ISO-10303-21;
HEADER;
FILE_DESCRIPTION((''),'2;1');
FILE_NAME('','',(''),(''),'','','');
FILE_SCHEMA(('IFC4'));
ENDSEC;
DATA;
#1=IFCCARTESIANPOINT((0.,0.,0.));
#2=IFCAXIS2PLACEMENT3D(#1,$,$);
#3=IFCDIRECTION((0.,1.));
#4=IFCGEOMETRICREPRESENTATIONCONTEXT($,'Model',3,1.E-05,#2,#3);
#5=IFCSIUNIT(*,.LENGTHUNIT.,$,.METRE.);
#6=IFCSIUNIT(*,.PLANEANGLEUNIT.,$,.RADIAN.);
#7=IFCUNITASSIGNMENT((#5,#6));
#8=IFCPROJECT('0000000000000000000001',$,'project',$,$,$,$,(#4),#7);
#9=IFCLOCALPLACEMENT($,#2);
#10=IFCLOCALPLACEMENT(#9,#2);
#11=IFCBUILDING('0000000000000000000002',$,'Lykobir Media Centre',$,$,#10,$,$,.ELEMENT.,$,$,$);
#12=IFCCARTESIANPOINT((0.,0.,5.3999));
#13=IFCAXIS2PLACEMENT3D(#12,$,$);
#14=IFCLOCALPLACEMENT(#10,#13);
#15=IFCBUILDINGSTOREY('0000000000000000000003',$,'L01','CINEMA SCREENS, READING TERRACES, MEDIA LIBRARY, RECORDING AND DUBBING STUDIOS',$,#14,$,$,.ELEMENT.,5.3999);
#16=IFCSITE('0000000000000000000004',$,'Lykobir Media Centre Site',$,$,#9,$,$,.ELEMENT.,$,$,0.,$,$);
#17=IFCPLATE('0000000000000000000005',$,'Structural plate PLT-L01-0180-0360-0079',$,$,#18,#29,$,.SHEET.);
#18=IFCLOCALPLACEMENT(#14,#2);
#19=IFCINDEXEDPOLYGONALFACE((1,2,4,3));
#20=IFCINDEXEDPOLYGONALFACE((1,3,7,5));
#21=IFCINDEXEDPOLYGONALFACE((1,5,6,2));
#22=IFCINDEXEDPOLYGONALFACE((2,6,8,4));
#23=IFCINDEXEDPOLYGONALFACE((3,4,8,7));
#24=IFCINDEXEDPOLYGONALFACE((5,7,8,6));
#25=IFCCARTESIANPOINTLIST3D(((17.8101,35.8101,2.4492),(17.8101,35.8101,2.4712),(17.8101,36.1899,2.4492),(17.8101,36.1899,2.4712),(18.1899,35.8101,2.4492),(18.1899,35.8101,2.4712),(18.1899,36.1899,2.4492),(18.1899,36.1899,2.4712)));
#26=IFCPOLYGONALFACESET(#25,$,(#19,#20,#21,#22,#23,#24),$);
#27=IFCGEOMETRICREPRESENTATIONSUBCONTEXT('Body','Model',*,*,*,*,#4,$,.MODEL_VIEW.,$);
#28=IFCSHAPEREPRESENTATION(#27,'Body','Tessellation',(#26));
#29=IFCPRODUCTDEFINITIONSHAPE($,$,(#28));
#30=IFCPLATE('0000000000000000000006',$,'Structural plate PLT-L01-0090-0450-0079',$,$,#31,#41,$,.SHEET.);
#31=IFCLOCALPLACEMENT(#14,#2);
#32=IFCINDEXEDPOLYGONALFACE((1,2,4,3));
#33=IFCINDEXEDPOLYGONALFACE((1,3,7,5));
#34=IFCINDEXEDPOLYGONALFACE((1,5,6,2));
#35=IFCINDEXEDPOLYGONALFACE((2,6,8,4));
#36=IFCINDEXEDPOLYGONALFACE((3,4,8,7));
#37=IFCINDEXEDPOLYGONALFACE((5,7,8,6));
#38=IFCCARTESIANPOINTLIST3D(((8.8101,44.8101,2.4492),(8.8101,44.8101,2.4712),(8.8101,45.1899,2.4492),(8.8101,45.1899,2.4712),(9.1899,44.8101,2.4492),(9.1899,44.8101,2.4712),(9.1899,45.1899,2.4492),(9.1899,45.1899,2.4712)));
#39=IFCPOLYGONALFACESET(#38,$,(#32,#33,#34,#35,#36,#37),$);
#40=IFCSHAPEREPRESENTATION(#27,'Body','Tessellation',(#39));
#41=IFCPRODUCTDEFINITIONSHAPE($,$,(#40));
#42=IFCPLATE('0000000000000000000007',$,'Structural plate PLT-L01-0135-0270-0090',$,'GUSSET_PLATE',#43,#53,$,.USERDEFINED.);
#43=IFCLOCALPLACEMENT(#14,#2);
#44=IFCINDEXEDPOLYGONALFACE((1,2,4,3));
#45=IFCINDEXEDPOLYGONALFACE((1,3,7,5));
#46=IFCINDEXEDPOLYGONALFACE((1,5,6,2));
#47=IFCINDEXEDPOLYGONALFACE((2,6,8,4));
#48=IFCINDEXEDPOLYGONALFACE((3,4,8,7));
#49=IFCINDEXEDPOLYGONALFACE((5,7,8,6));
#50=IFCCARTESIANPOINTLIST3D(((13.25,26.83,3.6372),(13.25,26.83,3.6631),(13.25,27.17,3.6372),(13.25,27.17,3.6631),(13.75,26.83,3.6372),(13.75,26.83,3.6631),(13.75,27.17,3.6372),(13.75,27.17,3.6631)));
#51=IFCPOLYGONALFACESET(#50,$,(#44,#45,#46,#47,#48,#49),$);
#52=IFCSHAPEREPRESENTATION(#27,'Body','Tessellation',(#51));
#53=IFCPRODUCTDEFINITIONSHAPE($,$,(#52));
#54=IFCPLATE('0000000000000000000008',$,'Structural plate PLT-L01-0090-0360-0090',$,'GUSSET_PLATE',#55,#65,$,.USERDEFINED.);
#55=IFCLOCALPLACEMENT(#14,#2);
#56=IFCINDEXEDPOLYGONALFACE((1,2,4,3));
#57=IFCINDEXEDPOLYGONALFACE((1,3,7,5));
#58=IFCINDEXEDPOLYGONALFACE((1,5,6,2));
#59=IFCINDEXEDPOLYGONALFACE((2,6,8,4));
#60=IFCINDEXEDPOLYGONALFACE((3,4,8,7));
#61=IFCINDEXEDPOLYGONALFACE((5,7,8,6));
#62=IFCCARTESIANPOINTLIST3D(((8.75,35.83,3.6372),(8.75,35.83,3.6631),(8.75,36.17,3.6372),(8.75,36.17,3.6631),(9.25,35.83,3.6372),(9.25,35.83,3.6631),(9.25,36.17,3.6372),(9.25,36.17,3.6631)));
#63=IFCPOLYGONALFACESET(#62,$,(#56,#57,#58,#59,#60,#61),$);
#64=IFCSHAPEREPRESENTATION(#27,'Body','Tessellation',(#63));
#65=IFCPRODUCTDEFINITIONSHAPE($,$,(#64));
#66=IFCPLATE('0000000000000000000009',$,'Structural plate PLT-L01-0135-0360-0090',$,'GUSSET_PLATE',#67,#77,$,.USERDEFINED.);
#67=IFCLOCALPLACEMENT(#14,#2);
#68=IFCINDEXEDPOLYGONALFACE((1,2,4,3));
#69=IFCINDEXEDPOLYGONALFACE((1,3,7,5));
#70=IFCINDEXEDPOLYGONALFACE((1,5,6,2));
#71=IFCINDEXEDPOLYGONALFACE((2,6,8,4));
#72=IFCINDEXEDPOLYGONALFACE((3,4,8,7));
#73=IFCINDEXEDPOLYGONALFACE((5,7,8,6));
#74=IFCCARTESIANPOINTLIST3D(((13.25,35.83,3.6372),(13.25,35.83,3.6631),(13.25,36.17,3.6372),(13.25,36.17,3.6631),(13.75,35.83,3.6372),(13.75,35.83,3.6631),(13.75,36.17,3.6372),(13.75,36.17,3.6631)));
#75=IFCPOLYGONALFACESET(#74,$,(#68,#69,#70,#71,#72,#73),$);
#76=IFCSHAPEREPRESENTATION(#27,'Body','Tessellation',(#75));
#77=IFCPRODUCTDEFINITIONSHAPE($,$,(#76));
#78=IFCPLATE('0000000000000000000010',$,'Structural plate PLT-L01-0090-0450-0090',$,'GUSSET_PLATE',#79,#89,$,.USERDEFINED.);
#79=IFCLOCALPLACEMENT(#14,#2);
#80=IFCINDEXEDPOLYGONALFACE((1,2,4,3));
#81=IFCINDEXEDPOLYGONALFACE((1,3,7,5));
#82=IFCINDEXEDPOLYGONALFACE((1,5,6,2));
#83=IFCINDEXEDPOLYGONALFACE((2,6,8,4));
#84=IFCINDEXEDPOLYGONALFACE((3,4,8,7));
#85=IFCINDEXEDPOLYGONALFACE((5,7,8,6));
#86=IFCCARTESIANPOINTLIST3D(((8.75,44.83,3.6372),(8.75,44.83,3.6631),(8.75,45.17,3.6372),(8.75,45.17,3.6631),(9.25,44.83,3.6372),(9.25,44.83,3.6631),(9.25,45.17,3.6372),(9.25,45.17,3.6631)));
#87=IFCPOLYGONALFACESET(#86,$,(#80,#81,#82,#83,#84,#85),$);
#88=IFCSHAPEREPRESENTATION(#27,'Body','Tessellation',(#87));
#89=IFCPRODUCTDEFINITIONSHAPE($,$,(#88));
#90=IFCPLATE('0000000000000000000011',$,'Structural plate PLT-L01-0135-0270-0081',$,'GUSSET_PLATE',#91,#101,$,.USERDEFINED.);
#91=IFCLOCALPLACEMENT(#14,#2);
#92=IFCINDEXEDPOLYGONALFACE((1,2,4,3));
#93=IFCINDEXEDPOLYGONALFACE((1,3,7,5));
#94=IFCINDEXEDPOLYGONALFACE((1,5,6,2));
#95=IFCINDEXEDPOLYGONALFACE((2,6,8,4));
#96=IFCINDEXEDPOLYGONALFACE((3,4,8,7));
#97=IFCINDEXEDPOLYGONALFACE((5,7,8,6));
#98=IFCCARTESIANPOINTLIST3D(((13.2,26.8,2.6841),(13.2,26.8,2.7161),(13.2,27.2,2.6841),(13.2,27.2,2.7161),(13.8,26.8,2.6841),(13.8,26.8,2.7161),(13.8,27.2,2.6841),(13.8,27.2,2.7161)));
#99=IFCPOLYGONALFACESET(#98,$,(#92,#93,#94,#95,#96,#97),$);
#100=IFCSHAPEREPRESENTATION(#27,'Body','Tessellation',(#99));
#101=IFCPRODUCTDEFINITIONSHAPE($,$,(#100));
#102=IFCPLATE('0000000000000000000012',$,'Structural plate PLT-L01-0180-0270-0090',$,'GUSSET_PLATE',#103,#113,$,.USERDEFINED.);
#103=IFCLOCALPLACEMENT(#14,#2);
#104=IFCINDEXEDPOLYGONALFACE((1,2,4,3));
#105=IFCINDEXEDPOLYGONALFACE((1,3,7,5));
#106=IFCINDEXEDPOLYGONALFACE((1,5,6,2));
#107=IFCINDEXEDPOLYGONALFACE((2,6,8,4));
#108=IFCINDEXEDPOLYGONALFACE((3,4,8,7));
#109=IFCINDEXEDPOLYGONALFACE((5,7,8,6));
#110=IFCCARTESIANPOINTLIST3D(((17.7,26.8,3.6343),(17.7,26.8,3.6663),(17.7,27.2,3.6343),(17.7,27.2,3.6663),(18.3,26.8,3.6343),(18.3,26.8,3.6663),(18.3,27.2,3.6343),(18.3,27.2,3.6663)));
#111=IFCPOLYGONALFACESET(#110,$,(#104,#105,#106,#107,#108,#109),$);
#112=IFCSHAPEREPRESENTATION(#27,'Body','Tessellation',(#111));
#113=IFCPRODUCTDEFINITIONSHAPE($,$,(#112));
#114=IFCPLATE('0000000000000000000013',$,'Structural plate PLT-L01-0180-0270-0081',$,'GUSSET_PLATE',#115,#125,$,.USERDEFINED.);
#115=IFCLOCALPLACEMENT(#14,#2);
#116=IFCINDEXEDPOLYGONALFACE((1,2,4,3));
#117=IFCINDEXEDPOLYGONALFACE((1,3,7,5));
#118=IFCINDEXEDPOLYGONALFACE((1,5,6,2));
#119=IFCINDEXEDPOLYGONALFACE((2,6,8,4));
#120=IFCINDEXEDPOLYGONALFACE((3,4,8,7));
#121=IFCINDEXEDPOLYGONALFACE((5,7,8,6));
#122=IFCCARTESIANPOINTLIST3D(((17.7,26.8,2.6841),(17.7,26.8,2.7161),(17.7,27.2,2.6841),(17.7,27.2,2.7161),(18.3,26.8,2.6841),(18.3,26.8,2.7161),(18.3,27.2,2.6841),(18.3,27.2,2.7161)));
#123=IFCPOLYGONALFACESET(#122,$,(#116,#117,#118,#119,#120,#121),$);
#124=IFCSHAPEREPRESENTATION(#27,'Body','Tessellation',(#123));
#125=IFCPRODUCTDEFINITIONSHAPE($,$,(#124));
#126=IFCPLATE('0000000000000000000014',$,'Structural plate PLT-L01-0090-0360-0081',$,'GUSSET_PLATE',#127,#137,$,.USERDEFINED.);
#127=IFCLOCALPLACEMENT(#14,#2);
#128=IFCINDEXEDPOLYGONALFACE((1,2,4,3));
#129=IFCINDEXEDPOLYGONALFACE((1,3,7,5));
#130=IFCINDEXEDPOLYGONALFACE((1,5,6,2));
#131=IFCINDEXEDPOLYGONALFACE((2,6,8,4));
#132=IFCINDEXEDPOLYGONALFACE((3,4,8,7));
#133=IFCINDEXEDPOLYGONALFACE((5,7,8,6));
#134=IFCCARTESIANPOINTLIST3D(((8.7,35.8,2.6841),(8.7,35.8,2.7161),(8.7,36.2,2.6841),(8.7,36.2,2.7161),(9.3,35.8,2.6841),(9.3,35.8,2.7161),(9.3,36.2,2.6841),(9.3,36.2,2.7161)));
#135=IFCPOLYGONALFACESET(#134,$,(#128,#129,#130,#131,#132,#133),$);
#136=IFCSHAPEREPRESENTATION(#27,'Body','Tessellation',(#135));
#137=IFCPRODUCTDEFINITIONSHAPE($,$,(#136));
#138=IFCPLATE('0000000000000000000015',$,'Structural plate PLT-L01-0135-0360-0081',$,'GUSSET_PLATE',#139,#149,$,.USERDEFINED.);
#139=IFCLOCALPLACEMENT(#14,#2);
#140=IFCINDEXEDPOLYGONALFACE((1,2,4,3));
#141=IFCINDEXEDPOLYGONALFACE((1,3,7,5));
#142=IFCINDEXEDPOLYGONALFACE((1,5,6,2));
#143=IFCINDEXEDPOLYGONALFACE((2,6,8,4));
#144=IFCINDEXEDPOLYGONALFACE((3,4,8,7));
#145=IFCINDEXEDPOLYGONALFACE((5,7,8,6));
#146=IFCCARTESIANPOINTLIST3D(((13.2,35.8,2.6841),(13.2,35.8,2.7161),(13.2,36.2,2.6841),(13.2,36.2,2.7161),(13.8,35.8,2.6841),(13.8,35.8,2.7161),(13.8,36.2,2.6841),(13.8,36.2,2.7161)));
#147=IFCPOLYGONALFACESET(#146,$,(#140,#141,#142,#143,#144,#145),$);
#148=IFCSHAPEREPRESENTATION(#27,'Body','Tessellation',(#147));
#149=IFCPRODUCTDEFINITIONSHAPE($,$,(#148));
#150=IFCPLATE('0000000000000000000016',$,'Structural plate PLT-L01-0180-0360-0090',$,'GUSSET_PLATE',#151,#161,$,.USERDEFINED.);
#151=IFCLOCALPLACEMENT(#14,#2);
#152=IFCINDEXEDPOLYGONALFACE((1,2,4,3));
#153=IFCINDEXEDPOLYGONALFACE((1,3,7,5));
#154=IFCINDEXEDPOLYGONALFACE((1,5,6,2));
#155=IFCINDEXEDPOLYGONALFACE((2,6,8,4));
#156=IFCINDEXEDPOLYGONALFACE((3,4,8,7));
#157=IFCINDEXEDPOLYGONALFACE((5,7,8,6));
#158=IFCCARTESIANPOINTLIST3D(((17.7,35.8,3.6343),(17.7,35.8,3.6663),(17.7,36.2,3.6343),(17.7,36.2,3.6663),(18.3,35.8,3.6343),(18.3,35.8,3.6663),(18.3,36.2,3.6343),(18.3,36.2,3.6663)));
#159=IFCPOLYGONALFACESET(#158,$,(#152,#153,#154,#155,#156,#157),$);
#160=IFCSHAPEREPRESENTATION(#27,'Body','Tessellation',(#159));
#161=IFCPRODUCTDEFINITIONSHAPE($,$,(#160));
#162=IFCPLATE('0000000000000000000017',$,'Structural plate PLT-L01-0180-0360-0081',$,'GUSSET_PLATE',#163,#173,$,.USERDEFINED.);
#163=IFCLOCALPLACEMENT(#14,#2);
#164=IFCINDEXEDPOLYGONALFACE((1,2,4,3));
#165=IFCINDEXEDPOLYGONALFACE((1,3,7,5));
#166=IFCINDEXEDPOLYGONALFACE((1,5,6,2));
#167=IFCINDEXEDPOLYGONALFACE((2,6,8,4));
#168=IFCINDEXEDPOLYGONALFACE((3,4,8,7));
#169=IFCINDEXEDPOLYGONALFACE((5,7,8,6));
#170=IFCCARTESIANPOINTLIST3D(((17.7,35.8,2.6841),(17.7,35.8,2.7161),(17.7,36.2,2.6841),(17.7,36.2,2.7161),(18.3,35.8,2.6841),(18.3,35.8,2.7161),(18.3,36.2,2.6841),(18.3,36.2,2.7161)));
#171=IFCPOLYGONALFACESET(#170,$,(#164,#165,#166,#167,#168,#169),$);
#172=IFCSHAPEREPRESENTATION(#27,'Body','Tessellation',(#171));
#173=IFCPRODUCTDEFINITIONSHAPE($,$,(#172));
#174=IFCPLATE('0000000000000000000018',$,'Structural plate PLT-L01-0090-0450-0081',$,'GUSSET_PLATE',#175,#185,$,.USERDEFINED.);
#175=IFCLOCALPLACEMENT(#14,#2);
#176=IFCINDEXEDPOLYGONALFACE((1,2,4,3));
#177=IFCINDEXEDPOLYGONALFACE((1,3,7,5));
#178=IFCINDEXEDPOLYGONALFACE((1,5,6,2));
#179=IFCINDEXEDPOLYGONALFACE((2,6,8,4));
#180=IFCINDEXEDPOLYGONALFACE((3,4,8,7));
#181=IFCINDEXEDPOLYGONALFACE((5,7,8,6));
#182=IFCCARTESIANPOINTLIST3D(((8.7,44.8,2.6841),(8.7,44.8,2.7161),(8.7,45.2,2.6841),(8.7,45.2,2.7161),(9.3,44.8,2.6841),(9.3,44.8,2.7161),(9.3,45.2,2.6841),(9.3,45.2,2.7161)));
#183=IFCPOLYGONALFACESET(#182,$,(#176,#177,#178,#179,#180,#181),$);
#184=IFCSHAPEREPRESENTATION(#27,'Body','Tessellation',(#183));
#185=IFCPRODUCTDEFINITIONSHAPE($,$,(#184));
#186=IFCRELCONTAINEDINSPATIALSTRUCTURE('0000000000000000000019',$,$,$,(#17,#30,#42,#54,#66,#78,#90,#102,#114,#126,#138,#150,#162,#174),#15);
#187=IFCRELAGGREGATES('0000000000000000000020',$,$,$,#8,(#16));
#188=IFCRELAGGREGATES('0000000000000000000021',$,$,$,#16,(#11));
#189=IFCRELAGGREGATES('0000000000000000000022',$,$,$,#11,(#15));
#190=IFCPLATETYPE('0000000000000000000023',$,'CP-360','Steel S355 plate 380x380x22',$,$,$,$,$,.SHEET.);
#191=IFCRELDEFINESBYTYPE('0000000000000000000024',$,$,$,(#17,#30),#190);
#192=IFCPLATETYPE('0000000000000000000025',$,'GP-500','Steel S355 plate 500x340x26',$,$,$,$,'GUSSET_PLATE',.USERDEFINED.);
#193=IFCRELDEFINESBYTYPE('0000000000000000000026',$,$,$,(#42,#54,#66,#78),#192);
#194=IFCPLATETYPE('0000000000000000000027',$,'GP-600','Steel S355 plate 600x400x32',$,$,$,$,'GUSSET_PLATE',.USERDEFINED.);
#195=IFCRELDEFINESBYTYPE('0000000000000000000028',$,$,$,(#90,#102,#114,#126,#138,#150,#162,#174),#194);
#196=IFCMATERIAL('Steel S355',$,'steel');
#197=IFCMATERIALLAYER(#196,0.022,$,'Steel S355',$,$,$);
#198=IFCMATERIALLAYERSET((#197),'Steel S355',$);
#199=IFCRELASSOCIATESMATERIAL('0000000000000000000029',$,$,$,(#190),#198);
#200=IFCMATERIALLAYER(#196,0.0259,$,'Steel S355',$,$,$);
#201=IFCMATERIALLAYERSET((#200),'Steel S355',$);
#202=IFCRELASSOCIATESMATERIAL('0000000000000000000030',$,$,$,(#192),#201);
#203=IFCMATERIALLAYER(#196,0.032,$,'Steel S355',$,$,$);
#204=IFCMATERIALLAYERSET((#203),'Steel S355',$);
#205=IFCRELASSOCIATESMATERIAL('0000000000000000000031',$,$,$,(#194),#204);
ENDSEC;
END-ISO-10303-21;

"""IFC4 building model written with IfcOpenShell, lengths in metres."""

from ifc_helpers import new_model, si_unit, direction, frame, origin, origin_2d, place, context, subcontext, project, spatial, rectangle, extrude, material, layer, layer_set, type_object, element, save


model = new_model("IFC4")

# Units and contexts
model_context = context("Model", 3, precision=1e-05, world=origin(), true_north=direction((0.0, 1.0)))
body_context = subcontext(model_context, "Body", "Model", "MODEL_VIEW")
ifc_project = project(units=[si_unit("LENGTHUNIT", "METRE"), si_unit("PLANEANGLEUNIT", "RADIAN")], contexts=[model_context])

# Site, building, storey
site_placement = place(None, origin())
site = spatial("IfcSite", under=ifc_project, at=site_placement, Name="Lykobir Media Centre Site", CompositionType="ELEMENT", RefElevation=0.0)
building_placement = place(site_placement, origin())
building = spatial("IfcBuilding", under=site, at=building_placement, Name="Lykobir Media Centre", CompositionType="ELEMENT")
storey_placement = place(building_placement, frame((0.0, 0.0, 5.3999)))
storey = spatial("IfcBuildingStorey", under=building, at=storey_placement, Name="L01", Description="CINEMA SCREENS, READING TERRACES, MEDIA LIBRARY, RECORDING AND DUBBING STUDIOS", CompositionType="ELEMENT", Elevation=5.3999)

# Shared definitions
ifc_material_1 = material(Name="Steel S355", Category="steel")

# Plates
ifc_layer_1 = layer(ifc_material_1, 0.022, Name="Steel S355")
ifc_layer_set_1 = layer_set([ifc_layer_1], Name="Steel S355")
plate_type_1 = type_object("IfcPlateType", Name="CP-360", Description="Steel S355 plate 380x380x22", PredefinedType="SHEET", material=ifc_layer_set_1)
for number, where, z_axis, x_axis, name in (
    (1, (18.0, 36.0, 2.4492), (0.0, 0.0, 1.0), (1.0, 0.0, 0.0), "Structural plate PLT-L01-0180-0360-0079"),
    (2, (9.0, 45.0, 2.4492), (0.0, 0.0, 1.0), (1.0, 0.0, 0.0), "Structural plate PLT-L01-0090-0450-0079"),
):
    element("IfcPlate", number, at=place(storey_placement, frame(where, z_axis=z_axis, x_axis=x_axis)), inside=storey, type_object=plate_type_1, Name=name, PredefinedType="SHEET", context=body_context, shape_type="SweptSolid", body=[
        extrude(rectangle(XDim=0.3799, YDim=0.3799, at=origin_2d()), origin(), (0.0, 0.0, 1.0), 0.022),
    ])
ifc_layer_2 = layer(ifc_material_1, 0.0259, Name="Steel S355")
ifc_layer_set_2 = layer_set([ifc_layer_2], Name="Steel S355")
plate_type_2 = type_object("IfcPlateType", Name="GP-500", Description="Steel S355 plate 500x340x26", ElementType="GUSSET_PLATE", PredefinedType="USERDEFINED", material=ifc_layer_set_2)
for number, where, z_axis, x_axis, name in (
    (3, (13.5, 27.0, 3.6372), (0.0, 0.0, 1.0), (1.0, 0.0, 0.0), "Structural plate PLT-L01-0135-0270-0090"),
    (4, (9.0, 36.0, 3.6372), (0.0, 0.0, 1.0), (1.0, 0.0, 0.0), "Structural plate PLT-L01-0090-0360-0090"),
    (5, (13.5, 36.0, 3.6372), (0.0, 0.0, 1.0), (1.0, 0.0, 0.0), "Structural plate PLT-L01-0135-0360-0090"),
    (6, (9.0, 45.0, 3.6372), (0.0, 0.0, 1.0), (1.0, 0.0, 0.0), "Structural plate PLT-L01-0090-0450-0090"),
):
    element("IfcPlate", number, at=place(storey_placement, frame(where, z_axis=z_axis, x_axis=x_axis)), inside=storey, type_object=plate_type_2, Name=name, ObjectType="GUSSET_PLATE", PredefinedType="USERDEFINED", context=body_context, shape_type="SweptSolid", body=[
        extrude(rectangle(XDim=0.5, YDim=0.3401, at=origin_2d()), origin(), (0.0, 0.0, 1.0), 0.0259),
    ])
ifc_layer_3 = layer(ifc_material_1, 0.032, Name="Steel S355")
ifc_layer_set_3 = layer_set([ifc_layer_3], Name="Steel S355")
plate_type_3 = type_object("IfcPlateType", Name="GP-600", Description="Steel S355 plate 600x400x32", ElementType="GUSSET_PLATE", PredefinedType="USERDEFINED", material=ifc_layer_set_3)
for number, where, z_axis, x_axis, name in (
    (7, (13.5, 27.0, 2.6841), (0.0, 0.0, 1.0), (1.0, 0.0, 0.0), "Structural plate PLT-L01-0135-0270-0081"),
    (8, (18.0, 27.0, 3.6343), (0.0, 0.0, 1.0), (1.0, 0.0, 0.0), "Structural plate PLT-L01-0180-0270-0090"),
    (9, (18.0, 27.0, 2.6841), (0.0, 0.0, 1.0), (1.0, 0.0, 0.0), "Structural plate PLT-L01-0180-0270-0081"),
    (10, (9.0, 36.0, 2.6841), (0.0, 0.0, 1.0), (1.0, 0.0, 0.0), "Structural plate PLT-L01-0090-0360-0081"),
    (11, (13.5, 36.0, 2.6841), (0.0, 0.0, 1.0), (1.0, 0.0, 0.0), "Structural plate PLT-L01-0135-0360-0081"),
    (12, (18.0, 36.0, 3.6343), (0.0, 0.0, 1.0), (1.0, 0.0, 0.0), "Structural plate PLT-L01-0180-0360-0090"),
    (13, (18.0, 36.0, 2.6841), (0.0, 0.0, 1.0), (1.0, 0.0, 0.0), "Structural plate PLT-L01-0180-0360-0081"),
    (14, (9.0, 45.0, 2.6841), (0.0, 0.0, 1.0), (1.0, 0.0, 0.0), "Structural plate PLT-L01-0090-0450-0081"),
):
    element("IfcPlate", number, at=place(storey_placement, frame(where, z_axis=z_axis, x_axis=x_axis)), inside=storey, type_object=plate_type_3, Name=name, ObjectType="GUSSET_PLATE", PredefinedType="USERDEFINED", context=body_context, shape_type="SweptSolid", body=[
        extrude(rectangle(XDim=0.6001, YDim=0.3999, at=origin_2d()), origin(), (0.0, 0.0, 1.0), 0.032),
    ])

save(model, "model.ifc")
